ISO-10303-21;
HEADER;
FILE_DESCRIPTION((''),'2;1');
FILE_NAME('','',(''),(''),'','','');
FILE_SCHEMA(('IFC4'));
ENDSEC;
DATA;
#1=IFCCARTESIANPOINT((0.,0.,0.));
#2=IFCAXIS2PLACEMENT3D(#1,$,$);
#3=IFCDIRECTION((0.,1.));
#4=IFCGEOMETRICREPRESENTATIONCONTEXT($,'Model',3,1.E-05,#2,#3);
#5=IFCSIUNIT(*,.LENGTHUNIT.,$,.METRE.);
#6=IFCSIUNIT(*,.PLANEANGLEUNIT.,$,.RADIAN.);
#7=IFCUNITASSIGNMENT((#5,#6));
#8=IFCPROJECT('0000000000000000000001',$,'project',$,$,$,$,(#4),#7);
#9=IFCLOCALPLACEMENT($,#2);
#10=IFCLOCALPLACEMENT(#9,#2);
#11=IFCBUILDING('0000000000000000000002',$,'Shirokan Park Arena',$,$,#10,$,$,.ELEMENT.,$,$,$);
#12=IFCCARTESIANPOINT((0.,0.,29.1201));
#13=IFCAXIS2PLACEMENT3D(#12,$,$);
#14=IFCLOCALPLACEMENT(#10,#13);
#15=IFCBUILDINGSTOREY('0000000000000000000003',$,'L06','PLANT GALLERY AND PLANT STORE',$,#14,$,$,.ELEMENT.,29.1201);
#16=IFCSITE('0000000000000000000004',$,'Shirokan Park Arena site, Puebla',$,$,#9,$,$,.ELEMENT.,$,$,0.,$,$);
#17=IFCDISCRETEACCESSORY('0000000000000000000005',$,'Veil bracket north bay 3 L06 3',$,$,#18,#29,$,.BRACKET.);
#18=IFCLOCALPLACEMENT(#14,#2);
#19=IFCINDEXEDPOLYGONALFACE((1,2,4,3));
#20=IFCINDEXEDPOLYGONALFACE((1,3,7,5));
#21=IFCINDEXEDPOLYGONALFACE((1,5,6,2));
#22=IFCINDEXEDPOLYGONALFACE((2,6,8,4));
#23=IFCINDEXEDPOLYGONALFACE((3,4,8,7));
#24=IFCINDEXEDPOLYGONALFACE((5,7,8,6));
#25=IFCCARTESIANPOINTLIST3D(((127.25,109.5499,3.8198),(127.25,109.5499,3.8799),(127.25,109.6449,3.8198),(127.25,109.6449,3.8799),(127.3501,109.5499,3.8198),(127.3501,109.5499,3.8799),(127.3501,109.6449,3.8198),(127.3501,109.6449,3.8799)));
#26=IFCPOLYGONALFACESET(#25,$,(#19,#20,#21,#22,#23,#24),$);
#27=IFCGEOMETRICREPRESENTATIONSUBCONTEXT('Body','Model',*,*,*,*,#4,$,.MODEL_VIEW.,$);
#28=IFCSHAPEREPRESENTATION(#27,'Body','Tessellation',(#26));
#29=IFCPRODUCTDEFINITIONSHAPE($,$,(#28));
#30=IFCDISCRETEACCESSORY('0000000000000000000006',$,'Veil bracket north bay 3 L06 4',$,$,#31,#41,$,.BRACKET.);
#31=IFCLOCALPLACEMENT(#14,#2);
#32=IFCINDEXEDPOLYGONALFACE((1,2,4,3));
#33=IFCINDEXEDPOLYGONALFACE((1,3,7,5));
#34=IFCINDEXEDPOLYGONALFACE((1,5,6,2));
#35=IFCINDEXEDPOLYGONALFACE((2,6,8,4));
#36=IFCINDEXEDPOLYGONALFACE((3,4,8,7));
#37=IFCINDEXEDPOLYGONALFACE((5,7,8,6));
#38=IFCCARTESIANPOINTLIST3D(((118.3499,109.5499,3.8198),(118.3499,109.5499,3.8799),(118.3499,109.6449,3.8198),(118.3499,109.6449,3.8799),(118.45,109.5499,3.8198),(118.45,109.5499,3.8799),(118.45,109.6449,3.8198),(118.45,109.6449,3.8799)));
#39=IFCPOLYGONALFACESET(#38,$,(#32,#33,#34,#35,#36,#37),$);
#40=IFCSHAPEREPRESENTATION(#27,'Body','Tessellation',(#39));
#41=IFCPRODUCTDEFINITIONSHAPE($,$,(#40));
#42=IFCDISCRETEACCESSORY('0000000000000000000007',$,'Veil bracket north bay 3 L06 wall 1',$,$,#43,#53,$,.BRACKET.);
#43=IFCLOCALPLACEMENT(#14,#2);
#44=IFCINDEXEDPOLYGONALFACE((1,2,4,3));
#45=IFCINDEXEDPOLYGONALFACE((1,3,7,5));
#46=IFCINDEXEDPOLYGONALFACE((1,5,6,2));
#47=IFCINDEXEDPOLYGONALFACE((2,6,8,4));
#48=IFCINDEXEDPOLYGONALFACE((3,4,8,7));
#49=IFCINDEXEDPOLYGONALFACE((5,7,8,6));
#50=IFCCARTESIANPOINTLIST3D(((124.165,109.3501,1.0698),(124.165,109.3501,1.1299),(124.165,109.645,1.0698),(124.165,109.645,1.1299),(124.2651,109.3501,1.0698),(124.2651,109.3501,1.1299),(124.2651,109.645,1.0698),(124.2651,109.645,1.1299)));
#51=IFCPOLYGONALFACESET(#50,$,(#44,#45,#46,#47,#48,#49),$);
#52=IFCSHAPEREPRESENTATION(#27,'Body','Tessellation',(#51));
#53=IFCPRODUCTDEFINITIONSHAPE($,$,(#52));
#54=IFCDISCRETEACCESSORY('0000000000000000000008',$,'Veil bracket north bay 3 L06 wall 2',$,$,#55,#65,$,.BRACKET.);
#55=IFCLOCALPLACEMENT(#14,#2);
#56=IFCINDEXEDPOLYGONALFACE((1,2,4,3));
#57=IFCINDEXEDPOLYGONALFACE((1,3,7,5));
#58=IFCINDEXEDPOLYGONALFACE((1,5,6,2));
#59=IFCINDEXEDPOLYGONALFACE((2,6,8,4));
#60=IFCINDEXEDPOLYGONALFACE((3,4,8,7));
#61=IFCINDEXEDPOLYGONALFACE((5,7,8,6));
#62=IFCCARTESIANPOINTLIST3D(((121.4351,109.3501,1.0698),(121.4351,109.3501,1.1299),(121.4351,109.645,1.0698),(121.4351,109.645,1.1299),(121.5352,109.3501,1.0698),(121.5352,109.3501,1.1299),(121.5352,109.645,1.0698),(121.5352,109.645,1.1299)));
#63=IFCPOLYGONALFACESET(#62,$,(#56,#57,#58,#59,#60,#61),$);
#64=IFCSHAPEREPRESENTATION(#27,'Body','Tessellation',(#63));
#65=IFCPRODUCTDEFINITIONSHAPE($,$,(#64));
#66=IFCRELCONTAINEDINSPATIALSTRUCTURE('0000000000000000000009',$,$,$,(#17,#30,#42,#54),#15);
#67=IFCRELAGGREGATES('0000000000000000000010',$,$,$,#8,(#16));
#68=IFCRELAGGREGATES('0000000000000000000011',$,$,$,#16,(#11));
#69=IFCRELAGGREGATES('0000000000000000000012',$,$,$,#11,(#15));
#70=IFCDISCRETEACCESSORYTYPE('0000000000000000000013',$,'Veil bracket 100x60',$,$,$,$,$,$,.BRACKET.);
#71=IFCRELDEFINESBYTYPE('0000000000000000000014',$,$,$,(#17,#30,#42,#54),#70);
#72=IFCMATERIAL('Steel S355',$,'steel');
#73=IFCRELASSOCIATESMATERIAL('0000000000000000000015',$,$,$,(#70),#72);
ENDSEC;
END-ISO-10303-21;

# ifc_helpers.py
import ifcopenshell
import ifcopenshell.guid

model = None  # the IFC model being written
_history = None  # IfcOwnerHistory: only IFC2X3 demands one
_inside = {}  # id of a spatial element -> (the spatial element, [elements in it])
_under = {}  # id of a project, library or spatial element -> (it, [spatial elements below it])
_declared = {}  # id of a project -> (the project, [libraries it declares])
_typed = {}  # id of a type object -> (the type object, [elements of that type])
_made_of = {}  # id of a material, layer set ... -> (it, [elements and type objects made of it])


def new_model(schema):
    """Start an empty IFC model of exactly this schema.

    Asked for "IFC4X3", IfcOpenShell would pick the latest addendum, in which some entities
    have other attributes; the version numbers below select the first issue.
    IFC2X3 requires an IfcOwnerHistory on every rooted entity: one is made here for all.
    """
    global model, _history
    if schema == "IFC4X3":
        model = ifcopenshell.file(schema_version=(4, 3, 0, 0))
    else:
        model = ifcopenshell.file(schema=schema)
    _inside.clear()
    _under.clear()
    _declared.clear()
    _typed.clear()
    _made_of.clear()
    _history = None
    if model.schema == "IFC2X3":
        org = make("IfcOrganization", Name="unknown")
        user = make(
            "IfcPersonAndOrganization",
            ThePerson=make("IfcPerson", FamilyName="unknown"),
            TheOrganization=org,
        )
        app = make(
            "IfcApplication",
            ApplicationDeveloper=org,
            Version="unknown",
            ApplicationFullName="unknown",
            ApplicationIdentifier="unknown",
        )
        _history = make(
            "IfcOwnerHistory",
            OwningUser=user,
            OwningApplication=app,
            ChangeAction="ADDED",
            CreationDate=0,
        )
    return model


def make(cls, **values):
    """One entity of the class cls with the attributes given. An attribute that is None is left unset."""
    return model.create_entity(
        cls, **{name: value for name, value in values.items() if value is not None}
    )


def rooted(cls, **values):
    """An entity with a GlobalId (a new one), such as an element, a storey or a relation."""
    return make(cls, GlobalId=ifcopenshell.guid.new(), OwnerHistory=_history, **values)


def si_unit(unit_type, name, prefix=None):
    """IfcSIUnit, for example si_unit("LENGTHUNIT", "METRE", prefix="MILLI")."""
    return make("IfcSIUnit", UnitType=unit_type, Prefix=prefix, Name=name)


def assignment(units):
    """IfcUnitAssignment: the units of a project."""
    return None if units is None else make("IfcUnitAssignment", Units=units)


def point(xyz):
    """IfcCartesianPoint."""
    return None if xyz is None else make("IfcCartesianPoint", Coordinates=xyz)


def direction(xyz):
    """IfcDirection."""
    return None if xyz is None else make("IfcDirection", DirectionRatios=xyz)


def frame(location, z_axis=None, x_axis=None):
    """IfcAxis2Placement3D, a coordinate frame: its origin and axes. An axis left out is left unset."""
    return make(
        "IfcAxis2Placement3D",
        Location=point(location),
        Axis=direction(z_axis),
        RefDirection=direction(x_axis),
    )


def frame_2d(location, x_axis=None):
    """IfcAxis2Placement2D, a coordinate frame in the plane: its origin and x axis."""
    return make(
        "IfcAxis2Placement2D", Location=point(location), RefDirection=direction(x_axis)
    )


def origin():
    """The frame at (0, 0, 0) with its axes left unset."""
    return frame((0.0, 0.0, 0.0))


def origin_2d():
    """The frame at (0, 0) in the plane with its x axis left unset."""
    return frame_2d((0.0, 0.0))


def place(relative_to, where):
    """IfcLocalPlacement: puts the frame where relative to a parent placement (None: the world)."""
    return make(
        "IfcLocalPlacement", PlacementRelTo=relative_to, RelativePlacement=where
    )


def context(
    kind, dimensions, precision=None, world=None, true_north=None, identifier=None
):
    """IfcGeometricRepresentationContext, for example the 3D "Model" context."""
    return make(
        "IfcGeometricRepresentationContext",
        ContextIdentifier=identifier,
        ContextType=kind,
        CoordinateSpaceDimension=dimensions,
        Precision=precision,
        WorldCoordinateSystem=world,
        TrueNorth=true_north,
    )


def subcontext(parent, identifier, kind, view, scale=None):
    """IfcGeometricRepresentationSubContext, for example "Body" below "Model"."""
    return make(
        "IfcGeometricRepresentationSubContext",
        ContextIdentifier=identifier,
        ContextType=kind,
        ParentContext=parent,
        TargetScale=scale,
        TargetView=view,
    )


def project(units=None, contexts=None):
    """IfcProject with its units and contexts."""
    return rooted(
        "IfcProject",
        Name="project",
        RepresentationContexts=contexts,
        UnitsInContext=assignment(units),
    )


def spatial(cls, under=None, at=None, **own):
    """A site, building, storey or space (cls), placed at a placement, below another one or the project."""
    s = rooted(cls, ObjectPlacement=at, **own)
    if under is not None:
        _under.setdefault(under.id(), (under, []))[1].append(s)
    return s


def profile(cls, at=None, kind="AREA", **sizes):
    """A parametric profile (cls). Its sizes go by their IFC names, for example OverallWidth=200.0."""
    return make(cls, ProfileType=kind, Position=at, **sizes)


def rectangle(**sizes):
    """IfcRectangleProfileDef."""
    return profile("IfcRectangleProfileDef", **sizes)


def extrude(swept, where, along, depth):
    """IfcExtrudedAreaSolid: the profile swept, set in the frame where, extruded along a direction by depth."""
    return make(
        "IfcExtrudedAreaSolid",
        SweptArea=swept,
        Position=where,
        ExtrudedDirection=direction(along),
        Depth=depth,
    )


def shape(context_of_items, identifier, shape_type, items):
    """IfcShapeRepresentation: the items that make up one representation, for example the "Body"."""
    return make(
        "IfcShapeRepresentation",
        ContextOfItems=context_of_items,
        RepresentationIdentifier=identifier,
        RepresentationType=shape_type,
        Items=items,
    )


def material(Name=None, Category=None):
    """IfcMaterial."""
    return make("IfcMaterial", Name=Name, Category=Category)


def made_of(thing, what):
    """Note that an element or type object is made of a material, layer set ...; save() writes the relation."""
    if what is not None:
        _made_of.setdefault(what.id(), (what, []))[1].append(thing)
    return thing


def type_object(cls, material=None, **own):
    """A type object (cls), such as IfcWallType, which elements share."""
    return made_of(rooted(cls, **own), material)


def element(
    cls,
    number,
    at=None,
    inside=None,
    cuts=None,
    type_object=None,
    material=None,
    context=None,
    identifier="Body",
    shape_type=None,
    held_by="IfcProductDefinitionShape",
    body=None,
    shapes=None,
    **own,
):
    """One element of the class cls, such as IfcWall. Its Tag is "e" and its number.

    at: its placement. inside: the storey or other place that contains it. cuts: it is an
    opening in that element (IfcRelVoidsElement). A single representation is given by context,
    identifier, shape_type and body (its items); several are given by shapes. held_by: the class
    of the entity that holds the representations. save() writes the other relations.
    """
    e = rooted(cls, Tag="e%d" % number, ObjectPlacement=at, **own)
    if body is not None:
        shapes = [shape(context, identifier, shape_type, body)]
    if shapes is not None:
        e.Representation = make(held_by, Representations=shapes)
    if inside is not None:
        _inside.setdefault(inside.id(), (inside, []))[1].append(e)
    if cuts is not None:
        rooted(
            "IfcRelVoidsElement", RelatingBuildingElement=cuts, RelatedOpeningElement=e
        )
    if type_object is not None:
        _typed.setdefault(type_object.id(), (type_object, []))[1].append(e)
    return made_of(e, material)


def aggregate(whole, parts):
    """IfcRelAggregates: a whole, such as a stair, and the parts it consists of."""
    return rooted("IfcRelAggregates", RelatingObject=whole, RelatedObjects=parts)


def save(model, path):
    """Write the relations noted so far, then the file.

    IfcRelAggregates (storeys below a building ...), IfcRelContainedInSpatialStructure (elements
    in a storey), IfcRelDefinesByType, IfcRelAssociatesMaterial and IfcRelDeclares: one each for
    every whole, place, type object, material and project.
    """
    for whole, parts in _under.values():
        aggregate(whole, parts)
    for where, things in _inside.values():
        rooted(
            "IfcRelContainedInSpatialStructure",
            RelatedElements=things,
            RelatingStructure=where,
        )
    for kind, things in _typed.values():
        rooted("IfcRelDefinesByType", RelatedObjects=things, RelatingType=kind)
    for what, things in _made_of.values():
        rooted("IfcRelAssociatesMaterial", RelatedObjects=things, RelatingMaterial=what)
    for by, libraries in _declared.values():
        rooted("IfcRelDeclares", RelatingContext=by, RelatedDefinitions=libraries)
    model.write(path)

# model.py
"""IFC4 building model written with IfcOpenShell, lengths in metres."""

from ifc_helpers import new_model, si_unit, direction, frame, origin, origin_2d, place, context, subcontext, project, spatial, rectangle, extrude, material, type_object, element, save


model = new_model("IFC4")

# Units and contexts
model_context = context("Model", 3, precision=1e-05, world=origin(), true_north=direction((0.0, 1.0)))
body_context = subcontext(model_context, "Body", "Model", "MODEL_VIEW")
ifc_project = project(units=[si_unit("LENGTHUNIT", "METRE"), si_unit("PLANEANGLEUNIT", "RADIAN")], contexts=[model_context])

# Site, building, storey
site_placement = place(None, origin())
site = spatial("IfcSite", under=ifc_project, at=site_placement, Name="Shirokan Park Arena site, Puebla", CompositionType="ELEMENT", RefElevation=0.0)
building_placement = place(site_placement, origin())
building = spatial("IfcBuilding", under=site, at=building_placement, Name="Shirokan Park Arena", CompositionType="ELEMENT")
storey_placement = place(building_placement, frame((0.0, 0.0, 29.1201)))
storey = spatial("IfcBuildingStorey", under=building, at=storey_placement, Name="L06", Description="PLANT GALLERY AND PLANT STORE", CompositionType="ELEMENT", Elevation=29.1201)

# Discrete accessories
ifc_material_1 = material(Name="Steel S355", Category="steel")
discrete_accessory_type = type_object("IfcDiscreteAccessoryType", Name="Veil bracket 100x60", PredefinedType="BRACKET", material=ifc_material_1)
for number, where, z_axis, x_axis, name in (
    (1, (127.3, 109.5974, 3.8198), (0.0, 0.0, 1.0), (-1.0, 0.0, 0.0), "Veil bracket north bay 3 L06 3"),
    (2, (118.3999, 109.5974, 3.8198), (0.0, 0.0, 1.0), (-1.0, 0.0, 0.0), "Veil bracket north bay 3 L06 4"),
):
    element("IfcDiscreteAccessory", number, at=place(storey_placement, frame(where, z_axis=z_axis, x_axis=x_axis)), inside=storey, type_object=discrete_accessory_type, Name=name, PredefinedType="BRACKET", context=body_context, shape_type="SweptSolid", body=[
        extrude(rectangle(XDim=0.1001, YDim=0.095, at=origin_2d()), origin(), (0.0, 0.0, 1.0), 0.0601),
    ])
for number, where, z_axis, x_axis, name in (
    (3, (124.2151, 109.4976, 1.0698), (0.0, 0.0, 1.0), (-1.0, 0.0, 0.0), "Veil bracket north bay 3 L06 wall 1"),
    (4, (121.4851, 109.4976, 1.0698), (0.0, 0.0, 1.0), (-1.0, 0.0, 0.0), "Veil bracket north bay 3 L06 wall 2"),
):
    element("IfcDiscreteAccessory", number, at=place(storey_placement, frame(where, z_axis=z_axis, x_axis=x_axis)), inside=storey, type_object=discrete_accessory_type, Name=name, PredefinedType="BRACKET", context=body_context, shape_type="SweptSolid", body=[
        extrude(rectangle(XDim=0.1001, YDim=0.2949, at=origin_2d()), origin(), (0.0, 0.0, 1.0), 0.0601),
    ])

save(model, "model.ifc")
